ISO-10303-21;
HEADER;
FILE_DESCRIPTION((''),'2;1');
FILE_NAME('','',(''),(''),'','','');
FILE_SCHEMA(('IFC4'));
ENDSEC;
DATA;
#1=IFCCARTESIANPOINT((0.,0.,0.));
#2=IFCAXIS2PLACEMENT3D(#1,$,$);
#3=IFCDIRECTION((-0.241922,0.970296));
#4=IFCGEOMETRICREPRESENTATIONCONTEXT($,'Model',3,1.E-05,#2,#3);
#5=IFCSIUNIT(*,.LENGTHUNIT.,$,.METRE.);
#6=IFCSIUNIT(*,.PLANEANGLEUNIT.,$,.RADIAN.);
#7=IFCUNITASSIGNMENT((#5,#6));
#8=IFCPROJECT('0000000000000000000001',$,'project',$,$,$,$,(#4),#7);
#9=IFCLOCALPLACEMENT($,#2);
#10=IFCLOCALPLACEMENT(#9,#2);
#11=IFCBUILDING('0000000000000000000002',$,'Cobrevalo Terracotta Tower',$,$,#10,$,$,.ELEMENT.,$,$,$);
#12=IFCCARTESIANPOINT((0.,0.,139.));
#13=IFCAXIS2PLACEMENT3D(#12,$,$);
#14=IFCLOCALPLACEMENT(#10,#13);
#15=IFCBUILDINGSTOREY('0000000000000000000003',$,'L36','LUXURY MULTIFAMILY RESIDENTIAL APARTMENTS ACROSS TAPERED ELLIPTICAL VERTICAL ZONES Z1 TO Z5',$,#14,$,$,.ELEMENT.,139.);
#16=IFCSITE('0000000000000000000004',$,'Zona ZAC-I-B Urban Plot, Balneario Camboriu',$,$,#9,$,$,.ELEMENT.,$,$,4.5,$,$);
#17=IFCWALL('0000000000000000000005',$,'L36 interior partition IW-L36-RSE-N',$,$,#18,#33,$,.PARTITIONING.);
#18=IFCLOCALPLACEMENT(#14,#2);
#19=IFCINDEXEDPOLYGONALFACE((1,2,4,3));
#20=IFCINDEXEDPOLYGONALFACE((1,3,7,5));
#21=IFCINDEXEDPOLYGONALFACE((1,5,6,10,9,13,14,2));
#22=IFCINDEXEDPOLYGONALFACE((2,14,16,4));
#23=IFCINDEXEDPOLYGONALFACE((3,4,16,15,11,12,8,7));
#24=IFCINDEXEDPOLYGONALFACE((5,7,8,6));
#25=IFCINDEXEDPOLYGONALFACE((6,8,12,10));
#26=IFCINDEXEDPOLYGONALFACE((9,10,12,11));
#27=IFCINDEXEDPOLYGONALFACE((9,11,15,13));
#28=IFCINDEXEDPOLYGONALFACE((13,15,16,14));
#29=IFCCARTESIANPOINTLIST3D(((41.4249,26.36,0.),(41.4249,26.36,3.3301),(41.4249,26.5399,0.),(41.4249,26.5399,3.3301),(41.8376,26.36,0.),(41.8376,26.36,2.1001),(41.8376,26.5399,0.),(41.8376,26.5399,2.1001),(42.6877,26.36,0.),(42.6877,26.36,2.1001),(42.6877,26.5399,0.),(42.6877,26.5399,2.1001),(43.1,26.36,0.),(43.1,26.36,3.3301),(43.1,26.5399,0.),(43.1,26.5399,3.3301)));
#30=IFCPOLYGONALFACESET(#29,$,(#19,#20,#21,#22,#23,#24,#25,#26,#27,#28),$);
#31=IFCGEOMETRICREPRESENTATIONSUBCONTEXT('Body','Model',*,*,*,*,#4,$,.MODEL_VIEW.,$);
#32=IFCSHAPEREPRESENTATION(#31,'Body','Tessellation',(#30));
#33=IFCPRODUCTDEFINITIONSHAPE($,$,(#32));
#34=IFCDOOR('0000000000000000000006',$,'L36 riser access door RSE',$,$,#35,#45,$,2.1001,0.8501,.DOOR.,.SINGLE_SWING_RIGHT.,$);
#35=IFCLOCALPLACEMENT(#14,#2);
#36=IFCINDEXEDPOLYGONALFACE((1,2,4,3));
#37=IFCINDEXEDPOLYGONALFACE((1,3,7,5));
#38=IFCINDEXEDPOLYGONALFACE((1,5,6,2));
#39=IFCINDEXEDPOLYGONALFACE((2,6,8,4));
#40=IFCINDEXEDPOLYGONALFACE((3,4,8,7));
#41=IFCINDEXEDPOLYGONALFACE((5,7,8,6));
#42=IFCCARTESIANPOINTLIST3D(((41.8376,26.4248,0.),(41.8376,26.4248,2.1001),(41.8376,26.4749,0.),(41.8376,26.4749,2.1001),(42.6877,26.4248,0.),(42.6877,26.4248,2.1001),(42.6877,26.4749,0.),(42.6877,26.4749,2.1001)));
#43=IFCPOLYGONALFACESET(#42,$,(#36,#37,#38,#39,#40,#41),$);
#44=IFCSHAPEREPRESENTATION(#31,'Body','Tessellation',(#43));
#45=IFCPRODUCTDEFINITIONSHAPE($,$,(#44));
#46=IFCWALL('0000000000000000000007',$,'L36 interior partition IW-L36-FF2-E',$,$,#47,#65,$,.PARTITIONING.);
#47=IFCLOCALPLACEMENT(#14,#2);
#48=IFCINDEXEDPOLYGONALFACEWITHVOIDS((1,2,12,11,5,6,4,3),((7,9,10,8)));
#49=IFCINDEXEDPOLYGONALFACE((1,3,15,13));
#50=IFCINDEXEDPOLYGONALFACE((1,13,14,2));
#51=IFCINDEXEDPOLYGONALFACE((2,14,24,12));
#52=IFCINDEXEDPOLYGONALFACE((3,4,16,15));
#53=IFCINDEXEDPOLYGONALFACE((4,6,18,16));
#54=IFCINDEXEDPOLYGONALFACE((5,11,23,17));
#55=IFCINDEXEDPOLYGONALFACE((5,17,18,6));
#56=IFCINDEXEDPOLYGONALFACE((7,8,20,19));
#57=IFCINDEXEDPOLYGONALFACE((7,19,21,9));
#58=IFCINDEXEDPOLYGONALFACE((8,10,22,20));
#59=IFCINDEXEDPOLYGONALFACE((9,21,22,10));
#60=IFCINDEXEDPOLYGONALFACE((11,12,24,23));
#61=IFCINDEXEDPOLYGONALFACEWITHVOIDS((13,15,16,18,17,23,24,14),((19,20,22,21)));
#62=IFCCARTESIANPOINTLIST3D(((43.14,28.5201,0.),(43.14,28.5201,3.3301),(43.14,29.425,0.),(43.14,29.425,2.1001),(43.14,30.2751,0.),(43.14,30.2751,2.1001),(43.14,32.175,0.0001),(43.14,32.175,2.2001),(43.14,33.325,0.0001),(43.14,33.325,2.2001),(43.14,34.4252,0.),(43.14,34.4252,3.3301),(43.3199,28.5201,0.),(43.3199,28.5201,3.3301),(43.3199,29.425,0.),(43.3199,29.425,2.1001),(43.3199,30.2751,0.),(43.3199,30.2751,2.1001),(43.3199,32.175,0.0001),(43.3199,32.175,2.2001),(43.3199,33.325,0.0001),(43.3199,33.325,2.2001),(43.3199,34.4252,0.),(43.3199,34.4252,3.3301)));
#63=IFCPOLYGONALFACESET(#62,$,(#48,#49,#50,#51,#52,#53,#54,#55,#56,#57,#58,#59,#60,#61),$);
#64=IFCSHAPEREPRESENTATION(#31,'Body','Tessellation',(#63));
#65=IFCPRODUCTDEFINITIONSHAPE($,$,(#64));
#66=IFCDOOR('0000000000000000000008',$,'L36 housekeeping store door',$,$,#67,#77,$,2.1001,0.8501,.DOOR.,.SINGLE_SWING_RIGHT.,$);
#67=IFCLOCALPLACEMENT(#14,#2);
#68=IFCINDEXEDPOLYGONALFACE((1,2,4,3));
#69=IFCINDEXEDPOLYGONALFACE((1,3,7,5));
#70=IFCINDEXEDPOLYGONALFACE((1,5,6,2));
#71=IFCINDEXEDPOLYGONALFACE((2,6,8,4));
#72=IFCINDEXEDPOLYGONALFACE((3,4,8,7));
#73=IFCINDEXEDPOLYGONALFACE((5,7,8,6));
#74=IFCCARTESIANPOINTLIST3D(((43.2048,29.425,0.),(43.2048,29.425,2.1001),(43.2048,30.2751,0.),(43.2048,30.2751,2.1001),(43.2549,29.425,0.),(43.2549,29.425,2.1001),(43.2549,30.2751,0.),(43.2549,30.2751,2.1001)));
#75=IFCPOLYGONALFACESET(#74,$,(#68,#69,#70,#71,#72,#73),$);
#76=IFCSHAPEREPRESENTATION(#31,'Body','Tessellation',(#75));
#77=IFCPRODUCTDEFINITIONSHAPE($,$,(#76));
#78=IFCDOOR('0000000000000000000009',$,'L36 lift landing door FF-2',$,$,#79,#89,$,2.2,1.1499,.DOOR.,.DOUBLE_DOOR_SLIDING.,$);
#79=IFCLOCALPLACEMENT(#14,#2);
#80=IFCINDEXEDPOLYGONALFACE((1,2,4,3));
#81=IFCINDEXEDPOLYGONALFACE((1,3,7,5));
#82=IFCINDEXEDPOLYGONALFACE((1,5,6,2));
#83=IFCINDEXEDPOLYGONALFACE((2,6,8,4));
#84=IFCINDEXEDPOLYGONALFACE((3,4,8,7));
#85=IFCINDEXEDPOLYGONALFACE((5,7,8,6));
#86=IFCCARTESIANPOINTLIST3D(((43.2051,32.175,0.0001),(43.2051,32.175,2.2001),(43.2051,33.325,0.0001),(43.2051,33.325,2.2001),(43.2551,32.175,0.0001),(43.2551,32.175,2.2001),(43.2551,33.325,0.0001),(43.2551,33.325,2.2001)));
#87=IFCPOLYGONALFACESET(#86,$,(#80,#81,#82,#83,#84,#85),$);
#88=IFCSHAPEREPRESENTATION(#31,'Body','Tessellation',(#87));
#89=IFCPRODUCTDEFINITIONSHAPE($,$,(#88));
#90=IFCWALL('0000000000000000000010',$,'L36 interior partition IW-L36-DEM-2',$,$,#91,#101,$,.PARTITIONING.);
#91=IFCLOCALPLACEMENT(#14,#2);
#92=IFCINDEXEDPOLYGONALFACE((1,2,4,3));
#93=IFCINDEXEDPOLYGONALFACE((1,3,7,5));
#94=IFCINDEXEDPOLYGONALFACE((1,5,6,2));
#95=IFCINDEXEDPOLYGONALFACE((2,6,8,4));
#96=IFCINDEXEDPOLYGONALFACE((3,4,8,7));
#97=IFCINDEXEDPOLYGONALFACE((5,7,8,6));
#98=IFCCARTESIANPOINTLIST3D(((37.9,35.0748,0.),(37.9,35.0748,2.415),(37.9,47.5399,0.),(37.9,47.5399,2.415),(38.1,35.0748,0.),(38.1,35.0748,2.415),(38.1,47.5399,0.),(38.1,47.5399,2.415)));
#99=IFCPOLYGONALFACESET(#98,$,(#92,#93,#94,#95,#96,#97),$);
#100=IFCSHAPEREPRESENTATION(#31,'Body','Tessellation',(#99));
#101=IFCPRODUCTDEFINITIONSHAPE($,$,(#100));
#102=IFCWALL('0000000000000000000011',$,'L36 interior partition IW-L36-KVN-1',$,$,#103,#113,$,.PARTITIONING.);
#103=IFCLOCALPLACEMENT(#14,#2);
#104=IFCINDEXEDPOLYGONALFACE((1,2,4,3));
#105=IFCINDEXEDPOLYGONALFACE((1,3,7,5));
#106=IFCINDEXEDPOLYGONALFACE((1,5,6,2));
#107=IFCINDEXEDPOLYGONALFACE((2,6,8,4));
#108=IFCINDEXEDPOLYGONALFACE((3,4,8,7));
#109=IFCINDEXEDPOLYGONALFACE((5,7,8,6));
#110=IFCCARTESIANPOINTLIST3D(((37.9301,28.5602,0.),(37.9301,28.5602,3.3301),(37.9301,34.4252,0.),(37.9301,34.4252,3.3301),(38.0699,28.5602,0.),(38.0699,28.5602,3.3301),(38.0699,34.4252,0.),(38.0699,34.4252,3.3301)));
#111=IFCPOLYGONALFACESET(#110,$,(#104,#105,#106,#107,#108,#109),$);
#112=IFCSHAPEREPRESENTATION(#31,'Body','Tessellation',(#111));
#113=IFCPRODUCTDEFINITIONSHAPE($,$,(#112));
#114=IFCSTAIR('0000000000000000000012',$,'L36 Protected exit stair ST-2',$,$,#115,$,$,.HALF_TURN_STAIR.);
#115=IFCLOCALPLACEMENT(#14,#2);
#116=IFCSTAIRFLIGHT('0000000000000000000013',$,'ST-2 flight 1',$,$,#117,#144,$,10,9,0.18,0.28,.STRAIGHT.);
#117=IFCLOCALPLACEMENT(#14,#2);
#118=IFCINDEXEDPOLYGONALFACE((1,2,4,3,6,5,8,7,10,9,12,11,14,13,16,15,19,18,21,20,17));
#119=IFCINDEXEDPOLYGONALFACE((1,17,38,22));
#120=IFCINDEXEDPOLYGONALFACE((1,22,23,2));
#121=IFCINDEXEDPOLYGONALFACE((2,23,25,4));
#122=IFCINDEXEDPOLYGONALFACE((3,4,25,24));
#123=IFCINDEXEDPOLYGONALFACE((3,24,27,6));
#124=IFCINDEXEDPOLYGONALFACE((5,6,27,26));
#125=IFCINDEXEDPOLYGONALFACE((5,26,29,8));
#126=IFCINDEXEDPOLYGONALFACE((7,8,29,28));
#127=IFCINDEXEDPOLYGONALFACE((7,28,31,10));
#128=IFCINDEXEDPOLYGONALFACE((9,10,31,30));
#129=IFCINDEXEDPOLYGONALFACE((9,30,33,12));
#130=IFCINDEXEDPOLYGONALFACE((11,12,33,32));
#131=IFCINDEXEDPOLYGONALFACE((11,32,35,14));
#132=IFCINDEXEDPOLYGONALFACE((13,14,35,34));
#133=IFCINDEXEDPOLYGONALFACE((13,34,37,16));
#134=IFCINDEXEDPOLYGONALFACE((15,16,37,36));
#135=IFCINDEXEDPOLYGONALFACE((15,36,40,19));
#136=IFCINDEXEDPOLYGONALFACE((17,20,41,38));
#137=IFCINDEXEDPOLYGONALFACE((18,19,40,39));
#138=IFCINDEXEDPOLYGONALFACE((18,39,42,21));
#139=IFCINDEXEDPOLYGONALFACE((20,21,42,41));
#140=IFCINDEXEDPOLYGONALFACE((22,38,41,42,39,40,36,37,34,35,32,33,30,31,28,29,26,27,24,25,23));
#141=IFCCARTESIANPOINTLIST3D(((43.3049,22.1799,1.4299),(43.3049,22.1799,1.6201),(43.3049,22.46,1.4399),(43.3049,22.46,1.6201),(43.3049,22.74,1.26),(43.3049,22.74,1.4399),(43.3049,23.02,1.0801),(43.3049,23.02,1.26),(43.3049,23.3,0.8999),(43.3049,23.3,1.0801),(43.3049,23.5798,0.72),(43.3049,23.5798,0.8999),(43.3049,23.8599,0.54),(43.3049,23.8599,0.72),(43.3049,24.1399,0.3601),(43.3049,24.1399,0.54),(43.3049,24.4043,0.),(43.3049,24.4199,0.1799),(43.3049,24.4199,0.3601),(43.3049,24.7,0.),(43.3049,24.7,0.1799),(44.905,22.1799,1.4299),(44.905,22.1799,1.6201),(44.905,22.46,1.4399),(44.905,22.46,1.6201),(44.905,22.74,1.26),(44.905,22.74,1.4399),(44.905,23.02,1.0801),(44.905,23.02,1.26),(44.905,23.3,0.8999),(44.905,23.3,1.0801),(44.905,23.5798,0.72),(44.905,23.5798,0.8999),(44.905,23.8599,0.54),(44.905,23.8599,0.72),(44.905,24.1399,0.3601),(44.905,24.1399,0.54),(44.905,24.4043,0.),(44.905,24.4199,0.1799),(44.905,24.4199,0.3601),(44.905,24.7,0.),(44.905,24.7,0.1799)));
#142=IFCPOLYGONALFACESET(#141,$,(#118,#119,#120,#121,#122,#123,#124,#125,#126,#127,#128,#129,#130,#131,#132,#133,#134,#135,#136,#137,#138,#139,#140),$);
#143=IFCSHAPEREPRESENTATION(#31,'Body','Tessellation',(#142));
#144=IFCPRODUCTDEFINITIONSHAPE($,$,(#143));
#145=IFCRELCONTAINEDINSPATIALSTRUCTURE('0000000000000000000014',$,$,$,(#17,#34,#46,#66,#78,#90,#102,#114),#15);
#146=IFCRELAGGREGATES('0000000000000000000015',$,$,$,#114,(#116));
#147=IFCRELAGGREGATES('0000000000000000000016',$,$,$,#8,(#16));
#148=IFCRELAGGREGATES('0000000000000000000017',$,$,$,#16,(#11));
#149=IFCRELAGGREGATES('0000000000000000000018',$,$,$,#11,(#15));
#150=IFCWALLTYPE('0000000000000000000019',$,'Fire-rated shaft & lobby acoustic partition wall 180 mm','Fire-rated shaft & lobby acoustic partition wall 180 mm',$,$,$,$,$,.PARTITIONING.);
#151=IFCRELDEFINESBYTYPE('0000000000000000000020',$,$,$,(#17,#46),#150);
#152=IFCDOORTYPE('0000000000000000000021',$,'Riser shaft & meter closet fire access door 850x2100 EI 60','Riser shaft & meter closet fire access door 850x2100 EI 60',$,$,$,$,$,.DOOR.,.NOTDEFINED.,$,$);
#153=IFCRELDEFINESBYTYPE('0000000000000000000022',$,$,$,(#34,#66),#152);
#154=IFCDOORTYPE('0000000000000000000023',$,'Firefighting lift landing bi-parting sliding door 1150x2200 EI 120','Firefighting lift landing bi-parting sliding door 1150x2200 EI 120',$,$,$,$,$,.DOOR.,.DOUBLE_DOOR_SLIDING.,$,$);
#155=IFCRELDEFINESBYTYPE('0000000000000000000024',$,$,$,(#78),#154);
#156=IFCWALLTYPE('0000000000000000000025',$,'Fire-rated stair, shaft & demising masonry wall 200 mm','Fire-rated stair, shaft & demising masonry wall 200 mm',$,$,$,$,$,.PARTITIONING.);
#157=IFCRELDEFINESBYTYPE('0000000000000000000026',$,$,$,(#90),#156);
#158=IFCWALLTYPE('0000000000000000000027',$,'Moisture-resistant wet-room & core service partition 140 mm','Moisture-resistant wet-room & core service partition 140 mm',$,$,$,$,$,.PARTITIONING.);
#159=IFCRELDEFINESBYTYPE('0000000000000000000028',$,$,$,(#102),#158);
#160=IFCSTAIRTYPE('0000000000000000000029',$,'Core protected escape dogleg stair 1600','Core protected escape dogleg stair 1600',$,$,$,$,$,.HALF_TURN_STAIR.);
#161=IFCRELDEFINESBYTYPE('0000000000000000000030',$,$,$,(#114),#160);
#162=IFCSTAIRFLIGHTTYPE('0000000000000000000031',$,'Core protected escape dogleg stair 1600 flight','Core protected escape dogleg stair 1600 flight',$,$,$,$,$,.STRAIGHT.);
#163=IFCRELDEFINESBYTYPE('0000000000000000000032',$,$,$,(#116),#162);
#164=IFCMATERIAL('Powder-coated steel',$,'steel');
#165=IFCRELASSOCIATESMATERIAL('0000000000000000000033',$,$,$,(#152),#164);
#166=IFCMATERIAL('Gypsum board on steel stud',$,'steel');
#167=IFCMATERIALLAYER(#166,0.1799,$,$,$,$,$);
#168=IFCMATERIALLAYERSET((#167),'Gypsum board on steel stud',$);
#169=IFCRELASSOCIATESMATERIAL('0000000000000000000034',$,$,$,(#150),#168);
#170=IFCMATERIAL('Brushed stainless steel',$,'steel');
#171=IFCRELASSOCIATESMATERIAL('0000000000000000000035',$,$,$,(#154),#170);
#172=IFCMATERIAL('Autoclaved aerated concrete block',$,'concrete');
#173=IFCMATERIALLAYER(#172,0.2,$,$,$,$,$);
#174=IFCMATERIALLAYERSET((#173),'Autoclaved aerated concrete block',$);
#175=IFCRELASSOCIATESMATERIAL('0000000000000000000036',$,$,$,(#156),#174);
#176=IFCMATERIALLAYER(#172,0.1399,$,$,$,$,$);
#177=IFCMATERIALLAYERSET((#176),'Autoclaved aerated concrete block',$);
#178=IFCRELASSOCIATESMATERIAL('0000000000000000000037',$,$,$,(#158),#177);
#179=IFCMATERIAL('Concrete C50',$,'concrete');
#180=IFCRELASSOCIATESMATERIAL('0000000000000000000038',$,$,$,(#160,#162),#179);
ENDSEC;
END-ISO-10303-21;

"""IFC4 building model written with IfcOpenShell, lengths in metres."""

from ifc_helpers import new_model, si_unit, direction, frame, frame_2d, origin, place, context, subcontext, project, spatial, polyline, rectangle, outline, extrude, source, transform, mapped, material, layer, layer_set, type_object, element, fill, aggregate, save


model = new_model("IFC4")

# Units and contexts
model_context = context("Model", 3, precision=1e-05, world=origin(), true_north=direction((-0.241922, 0.970296)))
body_context = subcontext(model_context, "Body", "Model", "MODEL_VIEW")
ifc_project = project(units=[si_unit("LENGTHUNIT", "METRE"), si_unit("PLANEANGLEUNIT", "RADIAN")], contexts=[model_context])

# Site, building, storey
site_placement = place(None, origin())
site = spatial("IfcSite", under=ifc_project, at=site_placement, Name="Zona ZAC-I-B Urban Plot, Balneario Camboriu", CompositionType="ELEMENT", RefElevation=4.5)
building_placement = place(site_placement, origin())
building = spatial("IfcBuilding", under=site, at=building_placement, Name="Cobrevalo Terracotta Tower", CompositionType="ELEMENT")
storey_placement = place(building_placement, frame((0.0, 0.0, 139.0)))
storey = spatial("IfcBuildingStorey", under=building, at=storey_placement, Name="L36", Description="LUXURY MULTIFAMILY RESIDENTIAL APARTMENTS ACROSS TAPERED ELLIPTICAL VERTICAL ZONES Z1 TO Z5", CompositionType="ELEMENT", Elevation=139.0)

# Shared definitions
ifc_material_1 = material(Name="Gypsum board on steel stud", Category="steel")

# Shared definitions
ifc_material_2 = material(Name="Powder-coated steel", Category="steel")
door_type_1 = type_object("IfcDoorType", Name="Riser shaft & meter closet fire access door 850x2100 EI 60", Description="Riser shaft & meter closet fire access door 850x2100 EI 60", OperationType="NOTDEFINED", PredefinedType="DOOR", material=ifc_material_2)
shared_shape_1 = source(origin(), body_context, "Body", "SweptSolid", [
    extrude(rectangle(XDim=0.8501, YDim=2.1001, at=frame_2d((0.425, 1.05))), frame((0.0, 0.0249, 0.0), z_axis=(0.0, -1.0, 0.0), x_axis=(1.0, 0.0, 0.0)), (0.0, 0.0, 1.0), 0.05),
])
ifc_material_3 = material(Name="Brushed stainless steel", Category="steel")

# Wall, opening, door
ifc_layer_1 = layer(ifc_material_1, 0.1799)
ifc_layer_set_1 = layer_set([ifc_layer_1], Name="Gypsum board on steel stud")
wall_type_1 = type_object("IfcWallType", Name="Fire-rated shaft & lobby acoustic partition wall 180 mm", Description="Fire-rated shaft & lobby acoustic partition wall 180 mm", PredefinedType="PARTITIONING", material=ifc_layer_set_1)
wall_1_placement = place(storey_placement, frame((41.425, 26.45, 0.0), z_axis=(0.0, 0.0, 1.0), x_axis=(1.0, 0.0, 0.0)))
wall_1 = element("IfcWall", 1, at=wall_1_placement, inside=storey, type_object=wall_type_1, Name="L36 interior partition IW-L36-RSE-N", PredefinedType="PARTITIONING", context=body_context, shape_type="SweptSolid", body=[
    extrude(rectangle(XDim=1.675, YDim=0.1799, at=frame_2d((0.8374, 0.0))), origin(), (0.0, 0.0, 1.0), 3.3301),
])
opening_1_placement = place(wall_1_placement, frame((0.4126, 0.0, 0.0)))
opening_1 = element("IfcOpeningElement", 2, at=opening_1_placement, cuts=wall_1, PredefinedType="OPENING", context=body_context, shape_type="SweptSolid", body=[
    extrude(rectangle(XDim=0.8501, YDim=2.1001, at=frame_2d((0.425, 1.05))), frame((0.0, 0.1001, 0.0), z_axis=(0.0, -1.0, 0.0), x_axis=(1.0, 0.0, 0.0)), (0.0, 0.0, 1.0), 0.2),
])
door_1_placement = place(opening_1_placement, origin())
door_1 = element("IfcDoor", 3, at=door_1_placement, inside=storey, type_object=door_type_1, Name="L36 riser access door RSE", OperationType="SINGLE_SWING_RIGHT", OverallHeight=2.1001, OverallWidth=0.8501, PredefinedType="DOOR", context=body_context, shape_type="MappedRepresentation", body=[
    mapped(shared_shape_1, transform((0.0, 0.0, 0.0), scale=1.0)),
])
fill(opening_1, door_1)

# Wall, openings, doors
wall_2_placement = place(storey_placement, frame((43.23, 28.52, 0.0), z_axis=(0.0, 0.0, 1.0), x_axis=(0.0, 1.0, 0.0)))
wall_2 = element("IfcWall", 4, at=wall_2_placement, inside=storey, type_object=wall_type_1, Name="L36 interior partition IW-L36-FF2-E", PredefinedType="PARTITIONING", context=body_context, shape_type="SweptSolid", body=[
    extrude(rectangle(XDim=5.905, YDim=0.1799, at=frame_2d((2.9526, 0.0))), origin(), (0.0, 0.0, 1.0), 3.3301),
])
opening_2_placement = place(wall_2_placement, frame((0.905, 0.0, 0.0)))
opening_2 = element("IfcOpeningElement", 5, at=opening_2_placement, cuts=wall_2, PredefinedType="OPENING", context=body_context, shape_type="SweptSolid", body=[
    extrude(rectangle(XDim=0.8501, YDim=2.1001, at=frame_2d((0.425, 1.05))), frame((0.0, 0.1001, 0.0), z_axis=(0.0, -1.0, 0.0), x_axis=(1.0, 0.0, 0.0)), (0.0, 0.0, 1.0), 0.2),
])
opening_3_placement = place(wall_2_placement, frame((3.655, 0.0, 0.0)))
opening_3 = element("IfcOpeningElement", 6, at=opening_3_placement, cuts=wall_2, PredefinedType="OPENING", context=body_context, shape_type="SweptSolid", body=[
    extrude(rectangle(XDim=1.1499, YDim=2.2, at=frame_2d((0.575, 1.1001))), frame((0.0, 0.1001, 0.0), z_axis=(0.0, -1.0, 0.0), x_axis=(1.0, 0.0, 0.0)), (0.0, 0.0, 1.0), 0.2),
])
door_2_placement = place(opening_2_placement, frame((0.8501, 0.0, 0.0), z_axis=(0.0, 0.0, 1.0), x_axis=(-1.0, 0.0, 0.0)))
door_2 = element("IfcDoor", 7, at=door_2_placement, inside=storey, type_object=door_type_1, Name="L36 housekeeping store door", OperationType="SINGLE_SWING_RIGHT", OverallHeight=2.1001, OverallWidth=0.8501, PredefinedType="DOOR", context=body_context, shape_type="MappedRepresentation", body=[
    mapped(shared_shape_1, transform((0.0, 0.0, 0.0), scale=1.0)),
])
fill(opening_2, door_2)
door_type_2 = type_object("IfcDoorType", Name="Firefighting lift landing bi-parting sliding door 1150x2200 EI 120", Description="Firefighting lift landing bi-parting sliding door 1150x2200 EI 120", OperationType="DOUBLE_DOOR_SLIDING", PredefinedType="DOOR", material=ifc_material_3)
shared_shape_2 = source(origin(), body_context, "Body", "SweptSolid", [
    extrude(rectangle(XDim=1.1499, YDim=2.2, at=frame_2d((0.575, 1.1001))), frame((0.0, 0.0249, 0.0), z_axis=(0.0, -1.0, 0.0), x_axis=(1.0, 0.0, 0.0)), (0.0, 0.0, 1.0), 0.05),
])
door_3_placement = place(opening_3_placement, origin())
door_3 = element("IfcDoor", 8, at=door_3_placement, inside=storey, type_object=door_type_2, Name="L36 lift landing door FF-2", OperationType="DOUBLE_DOOR_SLIDING", OverallHeight=2.2, OverallWidth=1.1499, PredefinedType="DOOR", context=body_context, shape_type="MappedRepresentation", body=[
    mapped(shared_shape_2, transform((0.0, 0.0, 0.0), scale=1.0)),
])
fill(opening_3, door_3)

# Walls
ifc_material_4 = material(Name="Autoclaved aerated concrete block", Category="concrete")
ifc_layer_2 = layer(ifc_material_4, 0.2)
ifc_layer_set_2 = layer_set([ifc_layer_2], Name="Autoclaved aerated concrete block")
wall_type_2 = type_object("IfcWallType", Name="Fire-rated stair, shaft & demising masonry wall 200 mm", Description="Fire-rated stair, shaft & demising masonry wall 200 mm", PredefinedType="PARTITIONING", material=ifc_layer_set_2)
wall_3_placement = place(storey_placement, frame((38.0, 35.075, 0.0), z_axis=(0.0, 0.0, 1.0), x_axis=(0.0, 1.0, 0.0)))
element("IfcWall", 9, at=wall_3_placement, inside=storey, type_object=wall_type_2, Name="L36 interior partition IW-L36-DEM-2", PredefinedType="PARTITIONING", context=body_context, shape_type="SweptSolid", body=[
    extrude(rectangle(XDim=12.4651, YDim=0.2, at=frame_2d((6.2324, 0.0))), origin(), (0.0, 0.0, 1.0), 2.415),
])
ifc_layer_3 = layer(ifc_material_4, 0.1399)
ifc_layer_set_3 = layer_set([ifc_layer_3], Name="Autoclaved aerated concrete block")
wall_type_3 = type_object("IfcWallType", Name="Moisture-resistant wet-room & core service partition 140 mm", Description="Moisture-resistant wet-room & core service partition 140 mm", PredefinedType="PARTITIONING", material=ifc_layer_set_3)
wall_4_placement = place(storey_placement, frame((38.0, 28.5601, 0.0), z_axis=(0.0, 0.0, 1.0), x_axis=(0.0, 1.0, 0.0)))
element("IfcWall", 10, at=wall_4_placement, inside=storey, type_object=wall_type_3, Name="L36 interior partition IW-L36-KVN-1", PredefinedType="PARTITIONING", context=body_context, shape_type="SweptSolid", body=[
    extrude(rectangle(XDim=5.865, YDim=0.1399, at=frame_2d((2.9326, 0.0))), origin(), (0.0, 0.0, 1.0), 3.3301),
])

# Shared definitions
ifc_material_5 = material(Name="Concrete C50", Category="concrete")

# Stair, stair flight
stair_type = type_object("IfcStairType", Name="Core protected escape dogleg stair 1600", Description="Core protected escape dogleg stair 1600", PredefinedType="HALF_TURN_STAIR", material=ifc_material_5)
stair_placement = place(storey_placement, origin())
stair = element("IfcStair", 11, at=stair_placement, inside=storey, type_object=stair_type, Name="L36 Protected exit stair ST-2", PredefinedType="HALF_TURN_STAIR")
stair_flight_type = type_object("IfcStairFlightType", Name="Core protected escape dogleg stair 1600 flight", Description="Core protected escape dogleg stair 1600 flight", PredefinedType="STRAIGHT", material=ifc_material_5)
stair_flight_placement = place(storey_placement, frame((44.105, 24.7, 0.0), z_axis=(0.0, 0.0, 1.0), x_axis=(0.0, -1.0, 0.0)))
stair_flight = element("IfcStairFlight", 12, at=stair_flight_placement, type_object=stair_flight_type, Name="ST-2 flight 1", NumberOfRisers=10, NumberOfTreads=9, PredefinedType="STRAIGHT", RiserHeight=0.18, TreadLength=0.28, context=body_context, shape_type="SweptSolid", body=[
    extrude(outline(polyline([(0.0, 0.0), (0.0, 0.1799), (0.28, 0.1799), (0.28, 0.3601), (0.5601, 0.3601), (0.5601, 0.54), (0.8401, 0.54), (0.8401, 0.72), (1.1201, 0.72), (1.1201, 0.8999), (1.3999, 0.8999), (1.3999, 1.0801), (1.6799, 1.0801), (1.6799, 1.26), (1.96, 1.26), (1.96, 1.4399), (2.24, 1.4399), (2.24, 1.6201), (2.52, 1.6201), (2.52, 1.8), (2.52, 1.4299), (0.2957, 0.0), (0.0, 0.0)])), frame((0.0, 0.8, 0.0), z_axis=(0.0, -1.0, 0.0), x_axis=(1.0, 0.0, 0.0)), (0.0, 0.0, 1.0), 1.6001),
])
aggregate(stair, [stair_flight])

save(model, "model.ifc")
